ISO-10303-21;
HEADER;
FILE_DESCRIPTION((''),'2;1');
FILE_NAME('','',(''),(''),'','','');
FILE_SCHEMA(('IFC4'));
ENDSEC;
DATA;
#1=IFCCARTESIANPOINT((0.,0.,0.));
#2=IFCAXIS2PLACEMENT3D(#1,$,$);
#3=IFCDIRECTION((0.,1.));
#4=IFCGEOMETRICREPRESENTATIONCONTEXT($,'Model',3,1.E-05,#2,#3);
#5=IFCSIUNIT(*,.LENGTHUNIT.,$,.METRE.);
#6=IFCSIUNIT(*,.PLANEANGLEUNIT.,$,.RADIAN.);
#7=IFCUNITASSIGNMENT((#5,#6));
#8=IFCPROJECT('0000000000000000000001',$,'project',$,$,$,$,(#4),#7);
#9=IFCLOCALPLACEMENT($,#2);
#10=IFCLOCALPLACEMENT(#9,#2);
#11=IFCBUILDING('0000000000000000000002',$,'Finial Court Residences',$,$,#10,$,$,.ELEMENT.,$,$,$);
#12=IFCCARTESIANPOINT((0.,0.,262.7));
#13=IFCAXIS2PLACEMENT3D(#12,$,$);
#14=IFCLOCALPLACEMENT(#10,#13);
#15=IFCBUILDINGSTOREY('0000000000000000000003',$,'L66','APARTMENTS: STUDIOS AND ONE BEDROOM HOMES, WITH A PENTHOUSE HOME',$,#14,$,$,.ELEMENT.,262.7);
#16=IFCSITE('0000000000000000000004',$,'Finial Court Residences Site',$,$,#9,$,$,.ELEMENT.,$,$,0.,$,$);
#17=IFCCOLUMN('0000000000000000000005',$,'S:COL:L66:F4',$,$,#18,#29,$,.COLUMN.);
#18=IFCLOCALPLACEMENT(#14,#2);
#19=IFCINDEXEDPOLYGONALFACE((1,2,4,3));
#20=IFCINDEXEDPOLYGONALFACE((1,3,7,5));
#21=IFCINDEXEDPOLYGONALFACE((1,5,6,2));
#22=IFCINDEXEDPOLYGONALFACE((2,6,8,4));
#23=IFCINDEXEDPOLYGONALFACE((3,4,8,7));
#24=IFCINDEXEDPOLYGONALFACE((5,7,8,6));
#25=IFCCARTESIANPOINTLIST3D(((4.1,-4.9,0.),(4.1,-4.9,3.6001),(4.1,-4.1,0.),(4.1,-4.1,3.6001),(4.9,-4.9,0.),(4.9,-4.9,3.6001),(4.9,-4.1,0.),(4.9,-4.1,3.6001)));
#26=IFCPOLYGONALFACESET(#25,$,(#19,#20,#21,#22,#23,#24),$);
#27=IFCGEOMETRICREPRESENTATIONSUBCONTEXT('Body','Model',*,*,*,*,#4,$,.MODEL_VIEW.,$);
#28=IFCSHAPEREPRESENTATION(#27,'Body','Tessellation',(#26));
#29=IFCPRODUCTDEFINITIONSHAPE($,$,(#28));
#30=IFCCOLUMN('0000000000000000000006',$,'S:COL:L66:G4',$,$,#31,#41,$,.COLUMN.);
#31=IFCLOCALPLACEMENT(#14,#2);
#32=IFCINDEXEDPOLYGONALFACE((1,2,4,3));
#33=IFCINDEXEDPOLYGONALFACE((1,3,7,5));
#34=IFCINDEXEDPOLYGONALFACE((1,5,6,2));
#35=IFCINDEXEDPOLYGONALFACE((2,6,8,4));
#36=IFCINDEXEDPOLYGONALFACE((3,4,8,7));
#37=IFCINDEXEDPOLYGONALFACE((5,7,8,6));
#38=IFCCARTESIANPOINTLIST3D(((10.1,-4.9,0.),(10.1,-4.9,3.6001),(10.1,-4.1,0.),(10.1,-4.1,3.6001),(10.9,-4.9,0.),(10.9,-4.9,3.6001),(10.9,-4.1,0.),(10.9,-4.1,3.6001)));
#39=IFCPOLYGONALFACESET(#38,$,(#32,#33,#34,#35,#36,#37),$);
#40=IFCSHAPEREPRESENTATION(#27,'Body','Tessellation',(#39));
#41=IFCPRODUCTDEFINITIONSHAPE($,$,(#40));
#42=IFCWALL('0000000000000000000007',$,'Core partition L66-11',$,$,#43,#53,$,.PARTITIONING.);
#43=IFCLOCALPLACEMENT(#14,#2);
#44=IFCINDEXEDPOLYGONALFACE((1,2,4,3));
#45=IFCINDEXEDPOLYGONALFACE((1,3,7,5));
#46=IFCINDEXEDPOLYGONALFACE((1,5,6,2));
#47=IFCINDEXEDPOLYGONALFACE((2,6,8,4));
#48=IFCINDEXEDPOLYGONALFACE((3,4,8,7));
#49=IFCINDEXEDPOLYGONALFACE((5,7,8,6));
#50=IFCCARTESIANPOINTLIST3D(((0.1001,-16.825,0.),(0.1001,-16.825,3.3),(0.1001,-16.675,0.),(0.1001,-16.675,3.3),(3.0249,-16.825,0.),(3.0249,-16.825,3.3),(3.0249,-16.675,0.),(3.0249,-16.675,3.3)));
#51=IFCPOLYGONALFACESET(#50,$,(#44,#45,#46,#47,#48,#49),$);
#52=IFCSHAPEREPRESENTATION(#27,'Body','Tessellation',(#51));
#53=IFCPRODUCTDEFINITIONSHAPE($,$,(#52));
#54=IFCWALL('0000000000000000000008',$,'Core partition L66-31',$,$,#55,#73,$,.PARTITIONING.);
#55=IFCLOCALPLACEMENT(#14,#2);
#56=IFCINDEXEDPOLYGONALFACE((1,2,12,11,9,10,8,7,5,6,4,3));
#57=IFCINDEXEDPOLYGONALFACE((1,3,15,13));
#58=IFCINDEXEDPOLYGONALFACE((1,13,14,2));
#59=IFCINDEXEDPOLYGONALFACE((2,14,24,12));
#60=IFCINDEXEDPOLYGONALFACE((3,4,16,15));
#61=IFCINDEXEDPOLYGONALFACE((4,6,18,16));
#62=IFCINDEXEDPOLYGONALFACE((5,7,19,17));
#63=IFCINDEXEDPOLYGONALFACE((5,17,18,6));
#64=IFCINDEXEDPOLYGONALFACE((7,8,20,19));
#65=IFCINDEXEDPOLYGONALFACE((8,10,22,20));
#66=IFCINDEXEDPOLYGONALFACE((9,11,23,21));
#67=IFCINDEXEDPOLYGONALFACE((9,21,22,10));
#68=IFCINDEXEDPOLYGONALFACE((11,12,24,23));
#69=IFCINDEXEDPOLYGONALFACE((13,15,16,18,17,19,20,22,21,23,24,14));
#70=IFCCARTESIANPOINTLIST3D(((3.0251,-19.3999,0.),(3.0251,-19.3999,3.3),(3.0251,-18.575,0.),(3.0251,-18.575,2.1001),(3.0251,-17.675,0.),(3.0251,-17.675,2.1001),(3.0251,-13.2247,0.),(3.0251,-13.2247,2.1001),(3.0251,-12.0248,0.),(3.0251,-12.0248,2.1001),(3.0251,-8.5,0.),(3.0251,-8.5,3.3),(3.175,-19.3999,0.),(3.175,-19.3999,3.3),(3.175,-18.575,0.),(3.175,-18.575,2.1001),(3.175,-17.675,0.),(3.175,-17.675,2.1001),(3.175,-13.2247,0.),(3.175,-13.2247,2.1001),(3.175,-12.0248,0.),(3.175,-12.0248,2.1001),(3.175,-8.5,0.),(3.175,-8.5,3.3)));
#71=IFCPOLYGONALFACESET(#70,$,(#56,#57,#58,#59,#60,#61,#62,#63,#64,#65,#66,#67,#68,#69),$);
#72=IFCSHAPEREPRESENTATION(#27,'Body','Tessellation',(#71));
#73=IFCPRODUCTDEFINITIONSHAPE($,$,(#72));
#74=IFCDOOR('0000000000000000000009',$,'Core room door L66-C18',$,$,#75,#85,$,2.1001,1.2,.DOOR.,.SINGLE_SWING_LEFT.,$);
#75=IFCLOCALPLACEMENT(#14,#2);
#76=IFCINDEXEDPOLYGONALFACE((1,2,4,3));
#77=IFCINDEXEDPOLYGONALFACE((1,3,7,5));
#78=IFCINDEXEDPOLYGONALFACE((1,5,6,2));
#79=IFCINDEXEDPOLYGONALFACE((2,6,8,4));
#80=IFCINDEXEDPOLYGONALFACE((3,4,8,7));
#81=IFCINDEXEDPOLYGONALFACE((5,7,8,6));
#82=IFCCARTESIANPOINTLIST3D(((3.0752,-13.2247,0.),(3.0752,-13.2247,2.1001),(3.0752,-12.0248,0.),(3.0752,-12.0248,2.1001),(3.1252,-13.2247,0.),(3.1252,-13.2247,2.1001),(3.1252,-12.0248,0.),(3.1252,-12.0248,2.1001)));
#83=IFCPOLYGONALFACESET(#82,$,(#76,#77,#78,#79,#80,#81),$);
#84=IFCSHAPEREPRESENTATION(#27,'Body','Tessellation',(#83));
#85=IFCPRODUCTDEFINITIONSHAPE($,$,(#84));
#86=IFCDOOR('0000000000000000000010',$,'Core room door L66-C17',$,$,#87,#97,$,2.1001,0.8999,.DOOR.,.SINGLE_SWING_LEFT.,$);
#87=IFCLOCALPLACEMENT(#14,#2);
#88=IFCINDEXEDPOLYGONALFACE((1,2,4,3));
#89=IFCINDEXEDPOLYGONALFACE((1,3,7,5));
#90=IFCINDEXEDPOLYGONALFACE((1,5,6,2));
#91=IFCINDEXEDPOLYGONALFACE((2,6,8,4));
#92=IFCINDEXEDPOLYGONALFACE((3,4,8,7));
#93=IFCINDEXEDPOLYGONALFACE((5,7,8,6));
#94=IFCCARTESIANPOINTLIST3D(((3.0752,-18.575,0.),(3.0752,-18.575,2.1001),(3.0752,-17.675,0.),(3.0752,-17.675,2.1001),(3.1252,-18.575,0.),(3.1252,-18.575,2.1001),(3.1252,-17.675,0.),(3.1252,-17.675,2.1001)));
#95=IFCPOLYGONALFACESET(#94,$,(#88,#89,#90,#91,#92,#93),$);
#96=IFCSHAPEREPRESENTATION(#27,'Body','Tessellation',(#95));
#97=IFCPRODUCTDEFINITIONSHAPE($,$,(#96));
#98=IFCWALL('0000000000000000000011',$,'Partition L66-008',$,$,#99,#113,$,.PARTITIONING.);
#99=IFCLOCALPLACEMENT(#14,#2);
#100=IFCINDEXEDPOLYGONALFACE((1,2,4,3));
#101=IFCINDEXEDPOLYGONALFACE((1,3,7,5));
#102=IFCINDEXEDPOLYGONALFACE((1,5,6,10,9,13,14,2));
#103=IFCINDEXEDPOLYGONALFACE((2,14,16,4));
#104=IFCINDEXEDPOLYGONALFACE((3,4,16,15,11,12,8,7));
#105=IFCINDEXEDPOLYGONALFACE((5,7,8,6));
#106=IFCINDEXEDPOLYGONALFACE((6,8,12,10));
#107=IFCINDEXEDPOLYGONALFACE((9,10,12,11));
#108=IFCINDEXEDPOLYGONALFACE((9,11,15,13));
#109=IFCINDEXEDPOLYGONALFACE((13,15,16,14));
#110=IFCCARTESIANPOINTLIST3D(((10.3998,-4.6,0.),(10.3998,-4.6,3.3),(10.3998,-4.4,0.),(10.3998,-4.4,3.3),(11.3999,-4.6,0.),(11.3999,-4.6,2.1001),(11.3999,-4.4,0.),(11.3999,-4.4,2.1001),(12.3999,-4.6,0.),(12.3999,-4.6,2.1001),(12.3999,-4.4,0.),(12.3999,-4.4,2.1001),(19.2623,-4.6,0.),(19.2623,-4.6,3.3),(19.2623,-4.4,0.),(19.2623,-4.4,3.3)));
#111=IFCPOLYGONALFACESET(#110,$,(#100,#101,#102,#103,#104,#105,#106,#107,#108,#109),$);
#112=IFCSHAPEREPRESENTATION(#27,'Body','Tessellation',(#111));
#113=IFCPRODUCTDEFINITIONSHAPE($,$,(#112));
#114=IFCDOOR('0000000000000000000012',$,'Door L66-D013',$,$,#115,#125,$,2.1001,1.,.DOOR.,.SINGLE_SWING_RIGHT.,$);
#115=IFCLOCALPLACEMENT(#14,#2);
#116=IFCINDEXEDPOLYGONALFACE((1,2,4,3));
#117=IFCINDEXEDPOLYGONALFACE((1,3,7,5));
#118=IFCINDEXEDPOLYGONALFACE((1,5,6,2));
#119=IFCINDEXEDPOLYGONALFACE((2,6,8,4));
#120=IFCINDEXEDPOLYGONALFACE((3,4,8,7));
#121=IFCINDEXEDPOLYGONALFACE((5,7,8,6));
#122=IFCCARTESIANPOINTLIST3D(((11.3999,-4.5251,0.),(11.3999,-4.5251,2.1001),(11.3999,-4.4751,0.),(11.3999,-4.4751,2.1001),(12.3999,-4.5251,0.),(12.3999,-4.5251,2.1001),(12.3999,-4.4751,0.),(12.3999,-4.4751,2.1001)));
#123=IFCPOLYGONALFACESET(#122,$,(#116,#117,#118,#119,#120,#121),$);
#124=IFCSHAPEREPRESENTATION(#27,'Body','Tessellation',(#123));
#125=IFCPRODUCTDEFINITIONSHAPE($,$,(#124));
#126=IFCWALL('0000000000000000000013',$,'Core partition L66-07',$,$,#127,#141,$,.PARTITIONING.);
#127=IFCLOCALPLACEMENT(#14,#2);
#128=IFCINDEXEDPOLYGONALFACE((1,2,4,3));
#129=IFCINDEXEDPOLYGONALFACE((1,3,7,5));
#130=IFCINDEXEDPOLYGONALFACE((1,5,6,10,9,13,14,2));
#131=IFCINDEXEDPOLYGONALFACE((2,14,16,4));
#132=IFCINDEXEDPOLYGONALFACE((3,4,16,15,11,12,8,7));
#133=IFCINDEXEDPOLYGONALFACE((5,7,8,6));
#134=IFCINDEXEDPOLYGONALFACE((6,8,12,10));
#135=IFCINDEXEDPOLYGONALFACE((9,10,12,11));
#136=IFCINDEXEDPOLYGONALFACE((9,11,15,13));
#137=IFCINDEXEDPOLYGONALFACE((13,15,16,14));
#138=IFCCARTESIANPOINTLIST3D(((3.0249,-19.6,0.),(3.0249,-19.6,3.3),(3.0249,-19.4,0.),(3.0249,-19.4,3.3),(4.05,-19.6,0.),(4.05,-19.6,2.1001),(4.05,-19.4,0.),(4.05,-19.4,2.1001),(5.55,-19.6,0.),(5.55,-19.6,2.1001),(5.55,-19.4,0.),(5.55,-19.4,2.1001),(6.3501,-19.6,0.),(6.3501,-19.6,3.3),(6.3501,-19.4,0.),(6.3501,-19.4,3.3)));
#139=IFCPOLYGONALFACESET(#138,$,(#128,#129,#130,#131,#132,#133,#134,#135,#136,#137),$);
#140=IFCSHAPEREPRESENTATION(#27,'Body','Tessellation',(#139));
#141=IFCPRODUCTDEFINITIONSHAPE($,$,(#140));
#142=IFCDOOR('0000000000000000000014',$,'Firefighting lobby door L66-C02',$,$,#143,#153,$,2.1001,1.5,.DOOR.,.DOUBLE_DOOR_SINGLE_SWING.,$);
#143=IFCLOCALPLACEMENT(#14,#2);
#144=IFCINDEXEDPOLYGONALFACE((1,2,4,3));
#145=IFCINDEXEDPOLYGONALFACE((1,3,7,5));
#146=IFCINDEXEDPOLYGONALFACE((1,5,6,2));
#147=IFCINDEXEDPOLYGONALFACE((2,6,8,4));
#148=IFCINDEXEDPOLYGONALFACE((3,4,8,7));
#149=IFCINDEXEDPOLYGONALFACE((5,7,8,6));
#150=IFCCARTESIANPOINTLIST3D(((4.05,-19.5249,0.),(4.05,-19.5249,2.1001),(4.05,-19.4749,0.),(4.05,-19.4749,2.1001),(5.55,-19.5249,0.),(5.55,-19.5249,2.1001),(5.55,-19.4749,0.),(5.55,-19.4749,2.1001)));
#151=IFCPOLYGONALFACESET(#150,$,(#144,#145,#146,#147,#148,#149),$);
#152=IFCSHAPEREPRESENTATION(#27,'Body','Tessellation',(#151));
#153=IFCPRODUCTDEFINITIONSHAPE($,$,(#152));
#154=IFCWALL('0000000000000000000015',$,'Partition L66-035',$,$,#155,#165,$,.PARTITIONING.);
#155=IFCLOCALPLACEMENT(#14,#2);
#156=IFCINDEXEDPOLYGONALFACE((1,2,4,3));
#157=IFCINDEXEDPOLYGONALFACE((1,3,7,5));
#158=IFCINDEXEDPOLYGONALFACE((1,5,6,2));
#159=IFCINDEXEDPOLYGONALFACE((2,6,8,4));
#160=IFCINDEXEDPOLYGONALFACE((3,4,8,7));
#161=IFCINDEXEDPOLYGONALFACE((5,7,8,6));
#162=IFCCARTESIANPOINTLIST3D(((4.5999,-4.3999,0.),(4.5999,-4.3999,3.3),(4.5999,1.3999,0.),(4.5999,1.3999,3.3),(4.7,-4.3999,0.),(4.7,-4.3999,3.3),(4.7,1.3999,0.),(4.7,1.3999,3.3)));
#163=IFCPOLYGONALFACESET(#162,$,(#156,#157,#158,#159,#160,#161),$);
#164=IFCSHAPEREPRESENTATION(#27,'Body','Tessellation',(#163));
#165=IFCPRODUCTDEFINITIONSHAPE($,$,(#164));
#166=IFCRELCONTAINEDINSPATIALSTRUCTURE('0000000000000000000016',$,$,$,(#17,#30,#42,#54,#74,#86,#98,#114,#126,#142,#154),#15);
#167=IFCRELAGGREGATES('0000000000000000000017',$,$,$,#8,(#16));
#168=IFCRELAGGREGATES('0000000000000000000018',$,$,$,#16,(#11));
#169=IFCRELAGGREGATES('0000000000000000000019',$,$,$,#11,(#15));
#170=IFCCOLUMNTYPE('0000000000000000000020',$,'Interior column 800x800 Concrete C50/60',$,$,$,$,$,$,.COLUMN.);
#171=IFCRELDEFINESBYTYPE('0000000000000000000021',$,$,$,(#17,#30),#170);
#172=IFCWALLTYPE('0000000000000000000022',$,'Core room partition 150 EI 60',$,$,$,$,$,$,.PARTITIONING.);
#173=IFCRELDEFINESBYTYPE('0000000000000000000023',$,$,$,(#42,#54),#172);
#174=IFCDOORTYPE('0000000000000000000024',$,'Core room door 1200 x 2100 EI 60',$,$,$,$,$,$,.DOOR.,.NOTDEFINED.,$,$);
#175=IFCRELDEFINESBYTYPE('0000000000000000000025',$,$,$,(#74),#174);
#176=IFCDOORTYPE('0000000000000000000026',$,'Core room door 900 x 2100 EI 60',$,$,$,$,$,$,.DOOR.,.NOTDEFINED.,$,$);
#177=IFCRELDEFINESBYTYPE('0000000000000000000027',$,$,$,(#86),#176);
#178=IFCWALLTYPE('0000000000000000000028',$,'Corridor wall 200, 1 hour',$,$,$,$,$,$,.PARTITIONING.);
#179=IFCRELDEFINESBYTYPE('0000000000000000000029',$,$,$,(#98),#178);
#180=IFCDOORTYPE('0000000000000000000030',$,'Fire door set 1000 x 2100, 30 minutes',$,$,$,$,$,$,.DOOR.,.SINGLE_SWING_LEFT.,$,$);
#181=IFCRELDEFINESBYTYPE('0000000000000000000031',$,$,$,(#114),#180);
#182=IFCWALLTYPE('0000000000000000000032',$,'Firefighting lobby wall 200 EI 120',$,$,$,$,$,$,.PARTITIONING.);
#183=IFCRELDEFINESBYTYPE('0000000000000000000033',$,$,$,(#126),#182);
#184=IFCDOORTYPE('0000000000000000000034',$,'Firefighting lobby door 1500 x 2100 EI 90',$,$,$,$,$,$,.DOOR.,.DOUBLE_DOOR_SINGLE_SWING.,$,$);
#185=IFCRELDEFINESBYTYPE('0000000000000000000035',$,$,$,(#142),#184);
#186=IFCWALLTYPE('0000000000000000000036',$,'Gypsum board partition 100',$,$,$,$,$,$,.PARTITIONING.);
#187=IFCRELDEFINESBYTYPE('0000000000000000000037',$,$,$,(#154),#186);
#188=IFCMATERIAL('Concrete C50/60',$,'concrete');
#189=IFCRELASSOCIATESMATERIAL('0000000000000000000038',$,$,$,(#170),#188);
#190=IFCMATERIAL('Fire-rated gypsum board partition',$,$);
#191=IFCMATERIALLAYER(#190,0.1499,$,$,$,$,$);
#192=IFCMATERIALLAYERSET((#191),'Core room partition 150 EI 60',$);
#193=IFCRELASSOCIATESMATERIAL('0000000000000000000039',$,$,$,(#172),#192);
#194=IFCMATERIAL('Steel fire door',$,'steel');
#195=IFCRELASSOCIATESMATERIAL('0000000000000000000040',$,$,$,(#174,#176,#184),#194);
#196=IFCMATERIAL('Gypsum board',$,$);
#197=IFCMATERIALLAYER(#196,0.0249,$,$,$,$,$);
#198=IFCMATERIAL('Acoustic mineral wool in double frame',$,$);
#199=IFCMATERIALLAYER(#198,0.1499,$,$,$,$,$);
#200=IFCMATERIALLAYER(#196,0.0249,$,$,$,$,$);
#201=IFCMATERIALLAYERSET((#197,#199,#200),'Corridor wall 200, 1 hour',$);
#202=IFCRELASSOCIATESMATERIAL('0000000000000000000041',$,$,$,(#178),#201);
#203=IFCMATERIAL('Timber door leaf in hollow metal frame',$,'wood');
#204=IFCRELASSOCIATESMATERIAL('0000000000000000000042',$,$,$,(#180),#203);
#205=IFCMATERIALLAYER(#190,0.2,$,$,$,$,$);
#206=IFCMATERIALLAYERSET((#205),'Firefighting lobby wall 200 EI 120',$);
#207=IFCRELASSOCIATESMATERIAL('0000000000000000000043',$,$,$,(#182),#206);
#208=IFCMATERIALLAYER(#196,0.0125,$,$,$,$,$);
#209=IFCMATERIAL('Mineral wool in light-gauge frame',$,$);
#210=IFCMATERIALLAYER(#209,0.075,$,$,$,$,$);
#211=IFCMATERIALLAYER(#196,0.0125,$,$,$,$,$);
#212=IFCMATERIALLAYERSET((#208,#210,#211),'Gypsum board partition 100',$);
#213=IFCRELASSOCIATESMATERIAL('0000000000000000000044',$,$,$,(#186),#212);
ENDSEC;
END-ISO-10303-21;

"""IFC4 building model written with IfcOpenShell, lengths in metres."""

from ifc_helpers import new_model, si_unit, direction, frame, frame_2d, origin, origin_2d, place, context, subcontext, project, spatial, rectangle, extrude, material, layer, layer_set, material_profile, profile_set, type_object, element, fill, save


model = new_model("IFC4")

# Units and contexts
model_context = context("Model", 3, precision=1e-05, world=origin(), true_north=direction((0.0, 1.0)))
body_context = subcontext(model_context, "Body", "Model", "MODEL_VIEW")
ifc_project = project(units=[si_unit("LENGTHUNIT", "METRE"), si_unit("PLANEANGLEUNIT", "RADIAN")], contexts=[model_context])

# Site, building, storey
site_placement = place(None, origin())
site = spatial("IfcSite", under=ifc_project, at=site_placement, Name="Finial Court Residences Site", CompositionType="ELEMENT", RefElevation=0.0)
building_placement = place(site_placement, origin())
building = spatial("IfcBuilding", under=site, at=building_placement, Name="Finial Court Residences", CompositionType="ELEMENT")
storey_placement = place(building_placement, frame((0.0, 0.0, 262.7)))
storey = spatial("IfcBuildingStorey", under=building, at=storey_placement, Name="L66", Description="APARTMENTS: STUDIOS AND ONE BEDROOM HOMES, WITH A PENTHOUSE HOME", CompositionType="ELEMENT", Elevation=262.7)

# Columns
ifc_material_1 = material(Name="Concrete C50/60", Category="concrete")
ifc_material_profile = material_profile(ifc_material_1, rectangle(XDim=0.8, YDim=0.8, at=origin_2d()), Name="800x800")
ifc_profile_set = profile_set([ifc_material_profile], Name="Concrete C50/60")
column_type = type_object("IfcColumnType", Name="Interior column 800x800 Concrete C50/60", PredefinedType="COLUMN", material=ifc_profile_set)
for number, where, z_axis, x_axis, name in (
    (1, (4.5, -4.5, 0.0), (0.0, 0.0, 1.0), (1.0, 0.0, 0.0), "S:COL:L66:F4"),
    (2, (10.5, -4.5, 0.0), (0.0, 0.0, 1.0), (1.0, 0.0, 0.0), "S:COL:L66:G4"),
):
    element("IfcColumn", number, at=place(storey_placement, frame(where, z_axis=z_axis, x_axis=x_axis)), inside=storey, type_object=column_type, Name=name, PredefinedType="COLUMN", context=body_context, shape_type="SweptSolid", body=[
        extrude(rectangle(XDim=0.8, YDim=0.8, at=origin_2d()), origin(), (0.0, 0.0, 1.0), 3.6001),
    ])

# Wall
ifc_material_2 = material(Name="Fire-rated gypsum board partition")
ifc_layer_1 = layer(ifc_material_2, 0.1499)
ifc_layer_set_1 = layer_set([ifc_layer_1], Name="Core room partition 150 EI 60")
wall_type_1 = type_object("IfcWallType", Name="Core room partition 150 EI 60", PredefinedType="PARTITIONING", material=ifc_layer_set_1)
wall_1_placement = place(storey_placement, frame((0.1001, -16.75, 0.0), z_axis=(0.0, 0.0, 1.0), x_axis=(1.0, 0.0, 0.0)))
element("IfcWall", 3, at=wall_1_placement, inside=storey, type_object=wall_type_1, Name="Core partition L66-11", PredefinedType="PARTITIONING", context=body_context, shape_type="SweptSolid", body=[
    extrude(rectangle(XDim=2.9248, YDim=0.1499, at=frame_2d((1.4624, 0.0))), origin(), (0.0, 0.0, 1.0), 3.3),
])

# Wall, openings, doors
wall_2_placement = place(storey_placement, frame((3.1001, -19.3999, 0.0), z_axis=(0.0, 0.0, 1.0), x_axis=(0.0, 1.0, 0.0)))
wall_2 = element("IfcWall", 4, at=wall_2_placement, inside=storey, type_object=wall_type_1, Name="Core partition L66-31", PredefinedType="PARTITIONING", context=body_context, shape_type="SweptSolid", body=[
    extrude(rectangle(XDim=10.8999, YDim=0.1499, at=frame_2d((5.45, 0.0))), origin(), (0.0, 0.0, 1.0), 3.3),
])
opening_1_placement = place(wall_2_placement, frame((0.825, 0.0, 0.0)))
opening_1 = element("IfcOpeningElement", 5, at=opening_1_placement, cuts=wall_2, PredefinedType="OPENING", context=body_context, shape_type="SweptSolid", body=[
    extrude(rectangle(XDim=0.8999, YDim=2.1001, at=frame_2d((0.45, 1.05))), frame((0.0, 0.085, 0.0), z_axis=(0.0, -1.0, 0.0), x_axis=(1.0, 0.0, 0.0)), (0.0, 0.0, 1.0), 0.1699),
])
opening_2_placement = place(wall_2_placement, frame((6.175, 0.0, 0.0)))
opening_2 = element("IfcOpeningElement", 6, at=opening_2_placement, cuts=wall_2, PredefinedType="OPENING", context=body_context, shape_type="SweptSolid", body=[
    extrude(rectangle(XDim=1.2, YDim=2.1001, at=frame_2d((0.6001, 1.05))), frame((0.0, 0.085, 0.0), z_axis=(0.0, -1.0, 0.0), x_axis=(1.0, 0.0, 0.0)), (0.0, 0.0, 1.0), 0.1699),
])
ifc_material_3 = material(Name="Steel fire door", Category="steel")
door_type_1 = type_object("IfcDoorType", Name="Core room door 1200 x 2100 EI 60", OperationType="NOTDEFINED", PredefinedType="DOOR", material=ifc_material_3)
door_1_placement = place(opening_2_placement, origin())
door_1 = element("IfcDoor", 7, at=door_1_placement, inside=storey, type_object=door_type_1, Name="Core room door L66-C18", OperationType="SINGLE_SWING_LEFT", OverallHeight=2.1001, OverallWidth=1.2, PredefinedType="DOOR", context=body_context, shape_type="SweptSolid", body=[
    extrude(rectangle(XDim=1.2, YDim=2.1001, at=frame_2d((0.6001, 1.05))), frame((0.0, 0.0249, 0.0), z_axis=(0.0, -1.0, 0.0), x_axis=(1.0, 0.0, 0.0)), (0.0, 0.0, 1.0), 0.05),
])
fill(opening_2, door_1)
door_type_2 = type_object("IfcDoorType", Name="Core room door 900 x 2100 EI 60", OperationType="NOTDEFINED", PredefinedType="DOOR", material=ifc_material_3)
door_2_placement = place(opening_1_placement, origin())
door_2 = element("IfcDoor", 8, at=door_2_placement, inside=storey, type_object=door_type_2, Name="Core room door L66-C17", OperationType="SINGLE_SWING_LEFT", OverallHeight=2.1001, OverallWidth=0.8999, PredefinedType="DOOR", context=body_context, shape_type="SweptSolid", body=[
    extrude(rectangle(XDim=0.8999, YDim=2.1001, at=frame_2d((0.45, 1.05))), frame((0.0, 0.0249, 0.0), z_axis=(0.0, -1.0, 0.0), x_axis=(1.0, 0.0, 0.0)), (0.0, 0.0, 1.0), 0.05),
])
fill(opening_1, door_2)

# Walls, openings, doors
ifc_material_4 = material(Name="Gypsum board")
ifc_layer_2 = layer(ifc_material_4, 0.0249)
ifc_material_5 = material(Name="Acoustic mineral wool in double frame")
ifc_layer_3 = layer(ifc_material_5, 0.1499)
ifc_layer_4 = layer(ifc_material_4, 0.0249)
ifc_layer_set_2 = layer_set([ifc_layer_2, ifc_layer_3, ifc_layer_4], Name="Corridor wall 200, 1 hour")
wall_type_2 = type_object("IfcWallType", Name="Corridor wall 200, 1 hour", PredefinedType="PARTITIONING", material=ifc_layer_set_2)
wall_3_placement = place(storey_placement, frame((10.3999, -4.5, 0.0), z_axis=(0.0, 0.0, 1.0), x_axis=(1.0, 0.0, 0.0)))
wall_3 = element("IfcWall", 9, at=wall_3_placement, inside=storey, type_object=wall_type_2, Name="Partition L66-008", PredefinedType="PARTITIONING", context=body_context, shape_type="SweptSolid", body=[
    extrude(rectangle(XDim=8.8625, YDim=0.2, at=frame_2d((4.4312, 0.0))), origin(), (0.0, 0.0, 1.0), 3.3),
])
opening_3_placement = place(wall_3_placement, frame((1.0, 0.0, 0.0)))
opening_3 = element("IfcOpeningElement", 10, at=opening_3_placement, cuts=wall_3, PredefinedType="OPENING", context=body_context, shape_type="SweptSolid", body=[
    extrude(rectangle(XDim=1.0, YDim=2.1001, at=frame_2d((0.5, 1.05))), frame((0.0, 0.1099, 0.0), z_axis=(0.0, -1.0, 0.0), x_axis=(1.0, 0.0, 0.0)), (0.0, 0.0, 1.0), 0.22),
])
ifc_material_6 = material(Name="Timber door leaf in hollow metal frame", Category="wood")
door_type_3 = type_object("IfcDoorType", Name="Fire door set 1000 x 2100, 30 minutes", OperationType="SINGLE_SWING_LEFT", PredefinedType="DOOR", material=ifc_material_6)
door_3_placement = place(opening_3_placement, origin())
door_3 = element("IfcDoor", 11, at=door_3_placement, inside=storey, type_object=door_type_3, Name="Door L66-D013", OperationType="SINGLE_SWING_RIGHT", OverallHeight=2.1001, OverallWidth=1.0, PredefinedType="DOOR", context=body_context, shape_type="SweptSolid", body=[
    extrude(rectangle(XDim=1.0, YDim=2.1001, at=frame_2d((0.5, 1.05))), frame((0.0, 0.0249, 0.0), z_axis=(0.0, -1.0, 0.0), x_axis=(1.0, 0.0, 0.0)), (0.0, 0.0, 1.0), 0.05),
])
fill(opening_3, door_3)
ifc_layer_5 = layer(ifc_material_2, 0.2)
ifc_layer_set_3 = layer_set([ifc_layer_5], Name="Firefighting lobby wall 200 EI 120")
wall_type_3 = type_object("IfcWallType", Name="Firefighting lobby wall 200 EI 120", PredefinedType="PARTITIONING", material=ifc_layer_set_3)
wall_4_placement = place(storey_placement, frame((6.3501, -19.5, 0.0), z_axis=(0.0, 0.0, 1.0), x_axis=(-1.0, 0.0, 0.0)))
wall_4 = element("IfcWall", 12, at=wall_4_placement, inside=storey, type_object=wall_type_3, Name="Core partition L66-07", PredefinedType="PARTITIONING", context=body_context, shape_type="SweptSolid", body=[
    extrude(rectangle(XDim=3.3252, YDim=0.2, at=frame_2d((1.6626, 0.0))), origin(), (0.0, 0.0, 1.0), 3.3),
])
opening_4_placement = place(wall_4_placement, frame((0.8, 0.0, 0.0)))
opening_4 = element("IfcOpeningElement", 13, at=opening_4_placement, cuts=wall_4, PredefinedType="OPENING", context=body_context, shape_type="SweptSolid", body=[
    extrude(rectangle(XDim=1.5, YDim=2.1001, at=frame_2d((0.75, 1.05))), frame((0.0, 0.1099, 0.0), z_axis=(0.0, -1.0, 0.0), x_axis=(1.0, 0.0, 0.0)), (0.0, 0.0, 1.0), 0.22),
])
door_type_4 = type_object("IfcDoorType", Name="Firefighting lobby door 1500 x 2100 EI 90", OperationType="DOUBLE_DOOR_SINGLE_SWING", PredefinedType="DOOR", material=ifc_material_3)
door_4_placement = place(opening_4_placement, origin())
door_4 = element("IfcDoor", 14, at=door_4_placement, inside=storey, type_object=door_type_4, Name="Firefighting lobby door L66-C02", OperationType="DOUBLE_DOOR_SINGLE_SWING", OverallHeight=2.1001, OverallWidth=1.5, PredefinedType="DOOR", context=body_context, shape_type="SweptSolid", body=[
    extrude(rectangle(XDim=1.5, YDim=2.1001, at=frame_2d((0.75, 1.05))), frame((0.0, 0.0249, 0.0), z_axis=(0.0, -1.0, 0.0), x_axis=(1.0, 0.0, 0.0)), (0.0, 0.0, 1.0), 0.05),
])
fill(opening_4, door_4)

# Wall
ifc_layer_6 = layer(ifc_material_4, 0.0125)
ifc_material_7 = material(Name="Mineral wool in light-gauge frame")
ifc_layer_7 = layer(ifc_material_7, 0.075)
ifc_layer_8 = layer(ifc_material_4, 0.0125)
ifc_layer_set_4 = layer_set([ifc_layer_6, ifc_layer_7, ifc_layer_8], Name="Gypsum board partition 100")
wall_type_4 = type_object("IfcWallType", Name="Gypsum board partition 100", PredefinedType="PARTITIONING", material=ifc_layer_set_4)
wall_5_placement = place(storey_placement, frame((4.6499, -4.3999, 0.0), z_axis=(0.0, 0.0, 1.0), x_axis=(0.0, 1.0, 0.0)))
element("IfcWall", 15, at=wall_5_placement, inside=storey, type_object=wall_type_4, Name="Partition L66-035", PredefinedType="PARTITIONING", context=body_context, shape_type="SweptSolid", body=[
    extrude(rectangle(XDim=5.7998, YDim=0.1001, at=frame_2d((2.8999, 0.0))), origin(), (0.0, 0.0, 1.0), 3.3),
])

save(model, "model.ifc")
